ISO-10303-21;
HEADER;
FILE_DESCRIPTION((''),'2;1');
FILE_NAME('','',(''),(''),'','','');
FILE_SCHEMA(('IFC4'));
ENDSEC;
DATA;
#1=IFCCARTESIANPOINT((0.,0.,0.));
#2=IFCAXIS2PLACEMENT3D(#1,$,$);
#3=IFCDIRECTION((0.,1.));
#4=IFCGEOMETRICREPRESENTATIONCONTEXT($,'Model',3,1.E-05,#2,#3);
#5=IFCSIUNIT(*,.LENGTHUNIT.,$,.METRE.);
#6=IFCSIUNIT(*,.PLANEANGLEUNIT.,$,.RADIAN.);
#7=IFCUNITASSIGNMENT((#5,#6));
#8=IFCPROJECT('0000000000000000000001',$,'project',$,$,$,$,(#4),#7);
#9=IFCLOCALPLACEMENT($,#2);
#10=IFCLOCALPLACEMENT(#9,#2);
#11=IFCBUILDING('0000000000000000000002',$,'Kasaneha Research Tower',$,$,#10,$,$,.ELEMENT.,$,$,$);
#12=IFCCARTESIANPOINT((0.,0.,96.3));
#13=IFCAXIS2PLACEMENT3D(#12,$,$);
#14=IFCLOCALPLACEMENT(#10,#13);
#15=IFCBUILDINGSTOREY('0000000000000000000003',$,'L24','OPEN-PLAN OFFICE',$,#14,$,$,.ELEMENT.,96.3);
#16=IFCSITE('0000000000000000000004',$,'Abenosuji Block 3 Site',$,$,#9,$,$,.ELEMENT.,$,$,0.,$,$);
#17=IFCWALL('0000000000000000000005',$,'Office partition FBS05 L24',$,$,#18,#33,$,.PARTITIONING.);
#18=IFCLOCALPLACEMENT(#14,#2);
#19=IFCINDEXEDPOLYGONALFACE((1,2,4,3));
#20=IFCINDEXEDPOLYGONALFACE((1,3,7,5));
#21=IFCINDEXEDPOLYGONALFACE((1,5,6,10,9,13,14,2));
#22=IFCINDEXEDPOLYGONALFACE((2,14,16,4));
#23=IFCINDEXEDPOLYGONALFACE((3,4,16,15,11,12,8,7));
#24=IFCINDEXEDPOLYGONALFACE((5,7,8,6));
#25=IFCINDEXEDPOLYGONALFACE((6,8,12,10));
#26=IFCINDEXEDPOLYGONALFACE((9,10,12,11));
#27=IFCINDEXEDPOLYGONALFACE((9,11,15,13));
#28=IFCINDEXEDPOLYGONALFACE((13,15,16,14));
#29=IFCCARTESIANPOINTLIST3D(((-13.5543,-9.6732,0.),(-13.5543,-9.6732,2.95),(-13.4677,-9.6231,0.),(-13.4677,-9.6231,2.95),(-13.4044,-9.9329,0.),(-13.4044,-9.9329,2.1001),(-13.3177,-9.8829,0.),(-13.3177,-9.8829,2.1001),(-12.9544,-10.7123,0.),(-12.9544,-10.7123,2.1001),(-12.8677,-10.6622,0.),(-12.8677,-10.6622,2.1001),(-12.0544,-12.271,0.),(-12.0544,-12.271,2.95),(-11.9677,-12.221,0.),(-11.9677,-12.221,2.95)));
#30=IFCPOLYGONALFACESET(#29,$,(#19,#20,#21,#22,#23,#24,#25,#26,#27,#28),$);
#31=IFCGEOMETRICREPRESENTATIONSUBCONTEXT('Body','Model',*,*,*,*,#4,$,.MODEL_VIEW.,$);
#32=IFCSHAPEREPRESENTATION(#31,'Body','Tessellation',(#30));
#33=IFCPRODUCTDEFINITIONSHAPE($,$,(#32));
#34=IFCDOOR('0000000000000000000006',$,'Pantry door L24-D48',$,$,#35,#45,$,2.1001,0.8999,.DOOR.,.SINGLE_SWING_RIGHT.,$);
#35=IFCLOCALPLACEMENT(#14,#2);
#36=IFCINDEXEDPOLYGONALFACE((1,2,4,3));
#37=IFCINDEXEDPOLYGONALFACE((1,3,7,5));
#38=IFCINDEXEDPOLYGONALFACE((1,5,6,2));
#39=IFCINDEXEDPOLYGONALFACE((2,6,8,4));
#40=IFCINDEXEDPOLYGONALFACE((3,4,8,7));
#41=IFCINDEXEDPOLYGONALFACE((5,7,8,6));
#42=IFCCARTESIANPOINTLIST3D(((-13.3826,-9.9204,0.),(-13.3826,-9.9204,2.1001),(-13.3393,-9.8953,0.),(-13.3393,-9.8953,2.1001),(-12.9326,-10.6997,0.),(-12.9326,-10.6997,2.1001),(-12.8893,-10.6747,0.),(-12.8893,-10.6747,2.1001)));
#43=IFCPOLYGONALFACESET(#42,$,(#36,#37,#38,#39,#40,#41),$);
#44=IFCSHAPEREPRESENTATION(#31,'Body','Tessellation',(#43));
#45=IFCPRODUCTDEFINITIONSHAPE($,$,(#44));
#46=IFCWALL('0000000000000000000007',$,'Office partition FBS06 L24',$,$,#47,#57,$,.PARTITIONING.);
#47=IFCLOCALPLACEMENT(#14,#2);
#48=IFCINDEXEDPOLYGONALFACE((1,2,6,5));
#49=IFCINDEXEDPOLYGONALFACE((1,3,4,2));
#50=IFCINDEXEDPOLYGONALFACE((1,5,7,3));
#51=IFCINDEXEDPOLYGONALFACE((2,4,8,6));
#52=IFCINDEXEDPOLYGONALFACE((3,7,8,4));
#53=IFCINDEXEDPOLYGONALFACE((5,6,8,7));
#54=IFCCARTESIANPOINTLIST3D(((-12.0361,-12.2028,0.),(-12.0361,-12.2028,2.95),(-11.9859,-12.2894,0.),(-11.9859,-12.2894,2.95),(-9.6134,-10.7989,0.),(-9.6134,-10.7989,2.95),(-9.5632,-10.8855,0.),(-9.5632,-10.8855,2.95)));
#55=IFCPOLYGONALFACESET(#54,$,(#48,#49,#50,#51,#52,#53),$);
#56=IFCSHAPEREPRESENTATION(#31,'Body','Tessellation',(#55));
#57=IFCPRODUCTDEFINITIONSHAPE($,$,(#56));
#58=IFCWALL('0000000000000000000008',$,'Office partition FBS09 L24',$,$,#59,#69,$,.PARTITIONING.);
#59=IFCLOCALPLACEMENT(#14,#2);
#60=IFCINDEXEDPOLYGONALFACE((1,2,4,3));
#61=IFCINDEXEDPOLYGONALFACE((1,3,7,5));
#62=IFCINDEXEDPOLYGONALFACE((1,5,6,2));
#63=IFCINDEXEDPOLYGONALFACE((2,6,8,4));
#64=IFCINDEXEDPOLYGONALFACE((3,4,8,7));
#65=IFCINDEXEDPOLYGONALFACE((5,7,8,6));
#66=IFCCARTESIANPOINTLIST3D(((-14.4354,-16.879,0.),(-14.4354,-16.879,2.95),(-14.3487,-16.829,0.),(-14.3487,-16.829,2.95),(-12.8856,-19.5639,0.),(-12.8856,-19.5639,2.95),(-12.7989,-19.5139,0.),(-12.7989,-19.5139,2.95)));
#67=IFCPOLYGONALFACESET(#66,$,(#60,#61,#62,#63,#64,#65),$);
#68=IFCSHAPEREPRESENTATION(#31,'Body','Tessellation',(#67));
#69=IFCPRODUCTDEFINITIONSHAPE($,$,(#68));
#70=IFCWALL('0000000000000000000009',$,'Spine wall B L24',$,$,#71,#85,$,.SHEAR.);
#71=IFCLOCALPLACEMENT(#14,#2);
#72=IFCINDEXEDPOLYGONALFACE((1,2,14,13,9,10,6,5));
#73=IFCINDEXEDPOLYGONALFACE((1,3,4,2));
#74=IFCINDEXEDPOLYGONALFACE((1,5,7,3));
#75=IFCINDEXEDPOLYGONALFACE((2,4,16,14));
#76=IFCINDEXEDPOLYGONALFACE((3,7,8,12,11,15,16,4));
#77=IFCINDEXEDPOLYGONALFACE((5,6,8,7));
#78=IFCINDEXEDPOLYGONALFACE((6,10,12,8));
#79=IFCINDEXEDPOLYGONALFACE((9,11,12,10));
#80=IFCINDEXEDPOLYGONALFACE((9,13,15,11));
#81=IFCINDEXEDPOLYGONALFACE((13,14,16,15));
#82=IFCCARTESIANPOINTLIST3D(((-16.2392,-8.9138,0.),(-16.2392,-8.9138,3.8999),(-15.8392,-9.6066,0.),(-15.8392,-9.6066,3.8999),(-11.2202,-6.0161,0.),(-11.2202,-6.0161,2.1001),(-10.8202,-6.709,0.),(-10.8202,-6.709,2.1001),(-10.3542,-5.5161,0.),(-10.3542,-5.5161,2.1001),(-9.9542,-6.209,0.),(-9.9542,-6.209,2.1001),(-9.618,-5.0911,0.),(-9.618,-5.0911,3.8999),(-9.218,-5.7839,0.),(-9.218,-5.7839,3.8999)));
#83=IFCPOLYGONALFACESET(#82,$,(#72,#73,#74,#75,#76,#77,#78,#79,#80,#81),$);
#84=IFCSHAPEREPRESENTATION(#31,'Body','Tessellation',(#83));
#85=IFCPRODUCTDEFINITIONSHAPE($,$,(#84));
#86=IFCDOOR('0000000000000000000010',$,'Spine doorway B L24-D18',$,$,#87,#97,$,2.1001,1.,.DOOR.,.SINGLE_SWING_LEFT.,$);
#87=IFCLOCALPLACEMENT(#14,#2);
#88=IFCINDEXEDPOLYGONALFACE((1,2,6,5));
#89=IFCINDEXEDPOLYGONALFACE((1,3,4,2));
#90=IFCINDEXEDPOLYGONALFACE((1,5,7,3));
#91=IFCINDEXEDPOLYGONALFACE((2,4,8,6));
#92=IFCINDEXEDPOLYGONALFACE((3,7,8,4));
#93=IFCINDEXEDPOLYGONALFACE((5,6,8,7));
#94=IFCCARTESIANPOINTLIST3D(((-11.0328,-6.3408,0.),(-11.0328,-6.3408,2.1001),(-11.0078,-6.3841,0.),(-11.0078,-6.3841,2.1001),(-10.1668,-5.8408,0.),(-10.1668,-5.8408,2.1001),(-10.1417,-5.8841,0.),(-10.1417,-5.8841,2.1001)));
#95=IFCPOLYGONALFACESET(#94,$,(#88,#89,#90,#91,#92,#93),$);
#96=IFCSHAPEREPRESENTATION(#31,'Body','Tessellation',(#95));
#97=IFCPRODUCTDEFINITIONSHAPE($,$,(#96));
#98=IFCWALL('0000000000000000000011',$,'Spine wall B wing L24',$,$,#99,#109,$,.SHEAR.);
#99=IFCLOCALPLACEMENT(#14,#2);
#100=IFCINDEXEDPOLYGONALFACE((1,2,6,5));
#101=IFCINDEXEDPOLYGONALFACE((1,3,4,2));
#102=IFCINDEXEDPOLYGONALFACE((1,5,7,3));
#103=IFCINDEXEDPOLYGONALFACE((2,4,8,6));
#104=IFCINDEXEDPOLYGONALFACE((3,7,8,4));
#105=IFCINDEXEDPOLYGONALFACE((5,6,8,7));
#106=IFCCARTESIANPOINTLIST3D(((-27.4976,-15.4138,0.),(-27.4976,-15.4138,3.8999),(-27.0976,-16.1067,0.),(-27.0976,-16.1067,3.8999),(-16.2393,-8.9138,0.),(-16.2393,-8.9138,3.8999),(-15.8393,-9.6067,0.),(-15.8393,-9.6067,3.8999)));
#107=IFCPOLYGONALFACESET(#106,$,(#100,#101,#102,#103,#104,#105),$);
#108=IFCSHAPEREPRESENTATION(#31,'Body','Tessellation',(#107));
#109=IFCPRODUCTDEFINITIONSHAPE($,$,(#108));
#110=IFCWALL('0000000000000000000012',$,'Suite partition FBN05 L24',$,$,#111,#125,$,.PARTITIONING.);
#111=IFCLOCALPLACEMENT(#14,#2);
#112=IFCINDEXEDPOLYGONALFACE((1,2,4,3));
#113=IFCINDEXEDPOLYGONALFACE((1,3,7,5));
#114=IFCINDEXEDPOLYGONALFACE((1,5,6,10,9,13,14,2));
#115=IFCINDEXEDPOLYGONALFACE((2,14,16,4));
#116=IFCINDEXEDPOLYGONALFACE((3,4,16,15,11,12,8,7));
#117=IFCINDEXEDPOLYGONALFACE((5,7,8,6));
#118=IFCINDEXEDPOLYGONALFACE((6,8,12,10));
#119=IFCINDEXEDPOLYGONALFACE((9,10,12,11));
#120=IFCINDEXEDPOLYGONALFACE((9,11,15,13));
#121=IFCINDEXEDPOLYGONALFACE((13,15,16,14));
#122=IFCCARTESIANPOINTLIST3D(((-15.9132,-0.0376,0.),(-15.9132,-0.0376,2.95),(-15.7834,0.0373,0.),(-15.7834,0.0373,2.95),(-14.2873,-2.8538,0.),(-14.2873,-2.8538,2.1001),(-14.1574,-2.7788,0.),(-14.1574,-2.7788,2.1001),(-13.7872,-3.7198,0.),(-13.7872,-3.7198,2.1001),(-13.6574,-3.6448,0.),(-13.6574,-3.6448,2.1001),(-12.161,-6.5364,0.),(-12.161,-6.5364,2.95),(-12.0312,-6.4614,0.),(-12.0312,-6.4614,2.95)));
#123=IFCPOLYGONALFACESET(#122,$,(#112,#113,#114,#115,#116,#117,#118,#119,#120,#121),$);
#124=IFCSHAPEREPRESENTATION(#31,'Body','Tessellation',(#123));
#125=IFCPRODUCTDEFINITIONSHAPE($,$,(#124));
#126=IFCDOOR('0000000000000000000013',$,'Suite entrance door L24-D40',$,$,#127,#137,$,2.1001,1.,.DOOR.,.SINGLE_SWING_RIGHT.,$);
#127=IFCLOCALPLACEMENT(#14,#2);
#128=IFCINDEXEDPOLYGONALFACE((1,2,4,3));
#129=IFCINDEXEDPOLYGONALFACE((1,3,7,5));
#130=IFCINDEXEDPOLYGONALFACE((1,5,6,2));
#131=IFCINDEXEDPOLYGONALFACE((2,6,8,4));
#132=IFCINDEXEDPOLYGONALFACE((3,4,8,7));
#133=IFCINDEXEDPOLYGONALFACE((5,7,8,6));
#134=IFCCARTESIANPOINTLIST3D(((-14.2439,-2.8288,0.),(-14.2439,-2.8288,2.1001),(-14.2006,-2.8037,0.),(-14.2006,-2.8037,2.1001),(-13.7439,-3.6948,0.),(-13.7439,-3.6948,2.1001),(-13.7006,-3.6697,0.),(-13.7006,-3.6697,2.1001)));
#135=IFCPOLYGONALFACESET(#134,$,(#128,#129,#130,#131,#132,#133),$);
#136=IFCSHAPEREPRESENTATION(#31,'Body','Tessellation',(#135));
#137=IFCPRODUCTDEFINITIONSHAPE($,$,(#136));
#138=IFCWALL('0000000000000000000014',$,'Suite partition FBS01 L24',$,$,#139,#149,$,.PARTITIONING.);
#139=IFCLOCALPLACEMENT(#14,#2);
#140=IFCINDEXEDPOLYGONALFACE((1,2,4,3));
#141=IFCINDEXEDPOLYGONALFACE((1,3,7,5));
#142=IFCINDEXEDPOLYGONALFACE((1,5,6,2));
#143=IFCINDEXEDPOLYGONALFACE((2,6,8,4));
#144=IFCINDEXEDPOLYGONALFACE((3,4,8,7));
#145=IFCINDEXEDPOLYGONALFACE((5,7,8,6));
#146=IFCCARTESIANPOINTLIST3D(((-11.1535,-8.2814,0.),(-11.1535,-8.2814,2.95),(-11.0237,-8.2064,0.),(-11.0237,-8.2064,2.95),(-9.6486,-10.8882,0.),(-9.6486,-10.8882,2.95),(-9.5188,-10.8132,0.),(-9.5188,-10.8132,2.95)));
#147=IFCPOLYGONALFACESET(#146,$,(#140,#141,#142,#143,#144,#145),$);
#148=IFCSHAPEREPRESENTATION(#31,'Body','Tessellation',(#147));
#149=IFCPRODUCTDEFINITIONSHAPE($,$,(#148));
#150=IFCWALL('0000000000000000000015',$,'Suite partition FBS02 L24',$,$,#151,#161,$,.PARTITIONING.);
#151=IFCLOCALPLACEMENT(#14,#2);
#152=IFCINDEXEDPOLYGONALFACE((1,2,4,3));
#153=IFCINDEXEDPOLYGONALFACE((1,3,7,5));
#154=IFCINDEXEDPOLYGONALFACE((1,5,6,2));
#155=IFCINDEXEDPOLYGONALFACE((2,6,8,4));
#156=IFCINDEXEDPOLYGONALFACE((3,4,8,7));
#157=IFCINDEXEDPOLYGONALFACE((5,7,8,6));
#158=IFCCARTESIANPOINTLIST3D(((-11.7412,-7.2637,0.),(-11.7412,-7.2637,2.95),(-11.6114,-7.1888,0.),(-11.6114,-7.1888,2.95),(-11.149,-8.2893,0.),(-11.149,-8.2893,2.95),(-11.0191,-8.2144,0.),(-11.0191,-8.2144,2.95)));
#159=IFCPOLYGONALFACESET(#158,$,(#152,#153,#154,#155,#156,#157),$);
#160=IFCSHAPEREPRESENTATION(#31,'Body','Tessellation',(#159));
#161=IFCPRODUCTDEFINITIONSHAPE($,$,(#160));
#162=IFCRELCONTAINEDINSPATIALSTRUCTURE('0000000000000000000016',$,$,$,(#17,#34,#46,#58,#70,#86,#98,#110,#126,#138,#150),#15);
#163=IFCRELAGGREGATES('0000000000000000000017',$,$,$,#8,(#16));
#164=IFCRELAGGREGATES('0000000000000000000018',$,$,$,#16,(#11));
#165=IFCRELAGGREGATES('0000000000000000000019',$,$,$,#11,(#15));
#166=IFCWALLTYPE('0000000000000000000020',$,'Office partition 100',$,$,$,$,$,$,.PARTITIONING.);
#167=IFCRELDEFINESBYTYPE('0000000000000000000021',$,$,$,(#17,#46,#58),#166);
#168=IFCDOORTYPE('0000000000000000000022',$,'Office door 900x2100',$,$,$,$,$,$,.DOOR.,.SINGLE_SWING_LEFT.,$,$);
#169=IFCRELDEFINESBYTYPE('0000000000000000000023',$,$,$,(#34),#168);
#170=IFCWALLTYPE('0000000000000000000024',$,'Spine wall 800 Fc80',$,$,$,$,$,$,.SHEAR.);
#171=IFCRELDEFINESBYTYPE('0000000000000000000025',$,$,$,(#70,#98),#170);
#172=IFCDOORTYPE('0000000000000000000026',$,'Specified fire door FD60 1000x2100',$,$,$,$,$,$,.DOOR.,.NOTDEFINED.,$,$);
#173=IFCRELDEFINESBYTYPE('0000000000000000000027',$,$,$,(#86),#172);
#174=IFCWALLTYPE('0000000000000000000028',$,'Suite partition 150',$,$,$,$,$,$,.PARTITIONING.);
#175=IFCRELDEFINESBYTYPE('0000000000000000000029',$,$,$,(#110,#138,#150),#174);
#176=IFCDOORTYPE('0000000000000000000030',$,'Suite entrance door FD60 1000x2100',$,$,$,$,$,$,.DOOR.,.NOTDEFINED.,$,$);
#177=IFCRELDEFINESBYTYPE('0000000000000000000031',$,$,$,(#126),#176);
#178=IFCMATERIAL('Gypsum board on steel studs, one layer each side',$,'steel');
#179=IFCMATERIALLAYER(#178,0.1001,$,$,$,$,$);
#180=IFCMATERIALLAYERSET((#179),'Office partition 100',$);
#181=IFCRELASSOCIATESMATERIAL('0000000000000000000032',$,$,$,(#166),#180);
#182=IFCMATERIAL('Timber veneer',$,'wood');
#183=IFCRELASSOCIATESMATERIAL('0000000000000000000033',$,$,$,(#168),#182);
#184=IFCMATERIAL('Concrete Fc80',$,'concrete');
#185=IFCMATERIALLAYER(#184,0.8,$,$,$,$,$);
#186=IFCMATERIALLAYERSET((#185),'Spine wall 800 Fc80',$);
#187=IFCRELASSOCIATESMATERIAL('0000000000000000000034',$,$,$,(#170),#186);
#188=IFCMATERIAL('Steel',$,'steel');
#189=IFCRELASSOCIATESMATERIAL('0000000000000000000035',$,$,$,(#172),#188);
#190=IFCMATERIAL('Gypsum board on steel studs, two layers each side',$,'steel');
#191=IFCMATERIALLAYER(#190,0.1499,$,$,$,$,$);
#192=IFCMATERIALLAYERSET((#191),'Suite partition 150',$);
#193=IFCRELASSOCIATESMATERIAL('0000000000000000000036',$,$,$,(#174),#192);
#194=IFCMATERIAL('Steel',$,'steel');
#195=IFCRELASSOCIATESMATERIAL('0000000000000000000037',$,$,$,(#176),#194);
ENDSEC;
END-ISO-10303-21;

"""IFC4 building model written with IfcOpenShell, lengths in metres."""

from ifc_helpers import new_model, si_unit, direction, frame, frame_2d, origin, place, context, subcontext, project, spatial, rectangle, extrude, material, layer, layer_set, type_object, element, fill, save


model = new_model("IFC4")

# Units and contexts
model_context = context("Model", 3, precision=1e-05, world=origin(), true_north=direction((0.0, 1.0)))
body_context = subcontext(model_context, "Body", "Model", "MODEL_VIEW")
ifc_project = project(units=[si_unit("LENGTHUNIT", "METRE"), si_unit("PLANEANGLEUNIT", "RADIAN")], contexts=[model_context])

# Site, building, storey
site_placement = place(None, origin())
site = spatial("IfcSite", under=ifc_project, at=site_placement, Name="Abenosuji Block 3 Site", CompositionType="ELEMENT", RefElevation=0.0)
building_placement = place(site_placement, origin())
building = spatial("IfcBuilding", under=site, at=building_placement, Name="Kasaneha Research Tower", CompositionType="ELEMENT")
storey_placement = place(building_placement, frame((0.0, 0.0, 96.3)))
storey = spatial("IfcBuildingStorey", under=building, at=storey_placement, Name="L24", Description="OPEN-PLAN OFFICE", CompositionType="ELEMENT", Elevation=96.3)

# Shared definitions
ifc_material_1 = material(Name="Gypsum board on steel studs, one layer each side", Category="steel")
ifc_layer_1 = layer(ifc_material_1, 0.1001)
ifc_layer_set_1 = layer_set([ifc_layer_1], Name="Office partition 100")
wall_type_1 = type_object("IfcWallType", Name="Office partition 100", PredefinedType="PARTITIONING", material=ifc_layer_set_1)

# Wall, opening, door
wall_1_placement = place(storey_placement, frame((-12.011, -12.2461, 0.0), z_axis=(0.0, 0.0, 1.0), x_axis=(-0.500025, 0.866011, 0.0)))
wall_1 = element("IfcWall", 1, at=wall_1_placement, inside=storey, type_object=wall_type_1, Name="Office partition FBS05 L24", PredefinedType="PARTITIONING", context=body_context, shape_type="SweptSolid", body=[
    extrude(rectangle(XDim=2.9998, YDim=0.1001, at=frame_2d((1.5, 0.0))), origin(), (0.0, 0.0, 1.0), 2.95),
])
opening_1_placement = place(wall_1_placement, frame((1.8, 0.0, 0.0)))
opening_1 = element("IfcOpeningElement", 2, at=opening_1_placement, cuts=wall_1, PredefinedType="OPENING", context=body_context, shape_type="SweptSolid", body=[
    extrude(rectangle(XDim=0.8999, YDim=2.1001, at=frame_2d((0.45, 1.05))), frame((0.0, 0.0601, 0.0), z_axis=(0.0, -1.0, 0.0), x_axis=(1.0, 0.0, 0.0)), (0.0, 0.0, 1.0), 0.1201),
])
ifc_material_2 = material(Name="Timber veneer", Category="wood")
door_type_1 = type_object("IfcDoorType", Name="Office door 900x2100", OperationType="SINGLE_SWING_LEFT", PredefinedType="DOOR", material=ifc_material_2)
door_1_placement = place(opening_1_placement, origin())
door_1 = element("IfcDoor", 3, at=door_1_placement, inside=storey, type_object=door_type_1, Name="Pantry door L24-D48", OperationType="SINGLE_SWING_RIGHT", OverallHeight=2.1001, OverallWidth=0.8999, PredefinedType="DOOR", context=body_context, shape_type="SweptSolid", body=[
    extrude(rectangle(XDim=0.8999, YDim=2.1001, at=frame_2d((0.45, 1.05))), frame((0.0, 0.0249, 0.0), z_axis=(0.0, -1.0, 0.0), x_axis=(1.0, 0.0, 0.0)), (0.0, 0.0, 1.0), 0.05),
])
fill(opening_1, door_1)

# Walls
wall_2_placement = place(storey_placement, frame((-9.5884, -10.8423, 0.0), z_axis=(0.0, 0.0, 1.0), x_axis=(-0.865233, -0.50137, 0.0)))
element("IfcWall", 4, at=wall_2_placement, inside=storey, type_object=wall_type_1, Name="Office partition FBS06 L24", PredefinedType="PARTITIONING", context=body_context, shape_type="SweptSolid", body=[
    extrude(rectangle(XDim=2.8, YDim=0.1001, at=frame_2d((1.3999, 0.0))), origin(), (0.0, 0.0, 1.0), 2.95),
])
wall_3_placement = place(storey_placement, frame((-14.3921, -16.854, 0.0), z_axis=(0.0, 0.0, 1.0), x_axis=(0.499934, -0.866064, 0.0)))
element("IfcWall", 5, at=wall_3_placement, inside=storey, type_object=wall_type_1, Name="Office partition FBS09 L24", PredefinedType="PARTITIONING", context=body_context, shape_type="SweptSolid", body=[
    extrude(rectangle(XDim=3.1001, YDim=0.1001, at=frame_2d((1.55, 0.0))), origin(), (0.0, 0.0, 1.0), 2.95),
])

# Wall, opening, door
ifc_material_3 = material(Name="Concrete Fc80", Category="concrete")
ifc_layer_2 = layer(ifc_material_3, 0.8)
ifc_layer_set_2 = layer_set([ifc_layer_2], Name="Spine wall 800 Fc80")
wall_type_2 = type_object("IfcWallType", Name="Spine wall 800 Fc80", PredefinedType="SHEAR", material=ifc_layer_set_2)
wall_4_placement = place(storey_placement, frame((-9.418, -5.4375, 0.0), z_axis=(0.0, 0.0, 1.0), x_axis=(-0.86603, -0.499992, 0.0)))
wall_4 = element("IfcWall", 6, at=wall_4_placement, inside=storey, type_object=wall_type_2, Name="Spine wall B L24", PredefinedType="SHEAR", context=body_context, shape_type="SweptSolid", body=[
    extrude(rectangle(XDim=7.6455, YDim=0.8, at=frame_2d((3.8228, 0.0))), origin(), (0.0, 0.0, 1.0), 3.8999),
])
opening_2_placement = place(wall_4_placement, frame((0.8501, 0.0, 0.0)))
opening_2 = element("IfcOpeningElement", 7, at=opening_2_placement, cuts=wall_4, PredefinedType="OPENING", context=body_context, shape_type="SweptSolid", body=[
    extrude(rectangle(XDim=1.0, YDim=2.1001, at=frame_2d((0.5, 1.05))), frame((0.0, 0.4102, 0.0), z_axis=(0.0, -1.0, 0.0), x_axis=(1.0, 0.0, 0.0)), (0.0, 0.0, 1.0), 0.8201),
])
ifc_material_4 = material(Name="Steel", Category="steel")
door_type_2 = type_object("IfcDoorType", Name="Specified fire door FD60 1000x2100", OperationType="NOTDEFINED", PredefinedType="DOOR", material=ifc_material_4)
door_2_placement = place(opening_2_placement, origin())
door_2 = element("IfcDoor", 8, at=door_2_placement, inside=storey, type_object=door_type_2, Name="Spine doorway B L24-D18", OperationType="SINGLE_SWING_LEFT", OverallHeight=2.1001, OverallWidth=1.0, PredefinedType="DOOR", context=body_context, shape_type="SweptSolid", body=[
    extrude(rectangle(XDim=1.0, YDim=2.1001, at=frame_2d((0.5, 1.05))), frame((0.0, 0.0249, 0.0), z_axis=(0.0, -1.0, 0.0), x_axis=(1.0, 0.0, 0.0)), (0.0, 0.0, 1.0), 0.05),
])
fill(opening_2, door_2)

# Wall
wall_5_placement = place(storey_placement, frame((-16.0393, -9.2603, 0.0), z_axis=(0.0, 0.0, 1.0), x_axis=(-0.866025, -0.500001, 0.0)))
element("IfcWall", 9, at=wall_5_placement, inside=storey, type_object=wall_type_2, Name="Spine wall B wing L24", PredefinedType="SHEAR", context=body_context, shape_type="SweptSolid", body=[
    extrude(rectangle(XDim=13.0, YDim=0.8, at=frame_2d((6.5, 0.0))), origin(), (0.0, 0.0, 1.0), 3.8999),
])

# Wall, opening, door
ifc_material_5 = material(Name="Gypsum board on steel studs, two layers each side", Category="steel")
ifc_layer_3 = layer(ifc_material_5, 0.1499)
ifc_layer_set_3 = layer_set([ifc_layer_3], Name="Suite partition 150")
wall_type_3 = type_object("IfcWallType", Name="Suite partition 150", PredefinedType="PARTITIONING", material=ifc_layer_set_3)
wall_6_placement = place(storey_placement, frame((-12.0962, -6.4988, 0.0), z_axis=(0.0, 0.0, 1.0), x_axis=(-0.500013, 0.866018, 0.0)))
wall_6 = element("IfcWall", 10, at=wall_6_placement, inside=storey, type_object=wall_type_3, Name="Suite partition FBN05 L24", PredefinedType="PARTITIONING", context=body_context, shape_type="SweptSolid", body=[
    extrude(rectangle(XDim=7.5042, YDim=0.1499, at=frame_2d((3.752, 0.0))), origin(), (0.0, 0.0, 1.0), 2.95),
])
opening_3_placement = place(wall_6_placement, frame((3.2522, 0.0, 0.0)))
opening_3 = element("IfcOpeningElement", 11, at=opening_3_placement, cuts=wall_6, PredefinedType="OPENING", context=body_context, shape_type="SweptSolid", body=[
    extrude(rectangle(XDim=1.0, YDim=2.1001, at=frame_2d((0.5, 1.05))), frame((0.0, 0.085, 0.0), z_axis=(0.0, -1.0, 0.0), x_axis=(1.0, 0.0, 0.0)), (0.0, 0.0, 1.0), 0.1699),
])
ifc_material_6 = material(Name="Steel", Category="steel")
door_type_3 = type_object("IfcDoorType", Name="Suite entrance door FD60 1000x2100", OperationType="NOTDEFINED", PredefinedType="DOOR", material=ifc_material_6)
door_3_placement = place(opening_3_placement, origin())
door_3 = element("IfcDoor", 12, at=door_3_placement, inside=storey, type_object=door_type_3, Name="Suite entrance door L24-D40", OperationType="SINGLE_SWING_RIGHT", OverallHeight=2.1001, OverallWidth=1.0, PredefinedType="DOOR", context=body_context, shape_type="SweptSolid", body=[
    extrude(rectangle(XDim=1.0, YDim=2.1001, at=frame_2d((0.5, 1.05))), frame((0.0, 0.0249, 0.0), z_axis=(0.0, -1.0, 0.0), x_axis=(1.0, 0.0, 0.0)), (0.0, 0.0, 1.0), 0.05),
])
fill(opening_3, door_3)

# Walls
wall_7_placement = place(storey_placement, frame((-9.5837, -10.8506, 0.0), z_axis=(0.0, 0.0, 1.0), x_axis=(-0.499978, 0.866038, 0.0)))
element("IfcWall", 13, at=wall_7_placement, inside=storey, type_object=wall_type_3, Name="Suite partition FBS01 L24", PredefinedType="PARTITIONING", context=body_context, shape_type="SweptSolid", body=[
    extrude(rectangle(XDim=3.01, YDim=0.1499, at=frame_2d((1.5049, 0.0))), origin(), (0.0, 0.0, 1.0), 2.95),
])
wall_8_placement = place(storey_placement, frame((-11.084, -8.252, 0.0), z_axis=(0.0, 0.0, 1.0), x_axis=(-0.500085, 0.865976, 0.0)))
element("IfcWall", 14, at=wall_8_placement, inside=storey, type_object=wall_type_3, Name="Suite partition FBS02 L24", PredefinedType="PARTITIONING", context=body_context, shape_type="SweptSolid", body=[
    extrude(rectangle(XDim=1.1843, YDim=0.1499, at=frame_2d((0.5923, 0.0))), origin(), (0.0, 0.0, 1.0), 2.95),
])

save(model, "model.ifc")
